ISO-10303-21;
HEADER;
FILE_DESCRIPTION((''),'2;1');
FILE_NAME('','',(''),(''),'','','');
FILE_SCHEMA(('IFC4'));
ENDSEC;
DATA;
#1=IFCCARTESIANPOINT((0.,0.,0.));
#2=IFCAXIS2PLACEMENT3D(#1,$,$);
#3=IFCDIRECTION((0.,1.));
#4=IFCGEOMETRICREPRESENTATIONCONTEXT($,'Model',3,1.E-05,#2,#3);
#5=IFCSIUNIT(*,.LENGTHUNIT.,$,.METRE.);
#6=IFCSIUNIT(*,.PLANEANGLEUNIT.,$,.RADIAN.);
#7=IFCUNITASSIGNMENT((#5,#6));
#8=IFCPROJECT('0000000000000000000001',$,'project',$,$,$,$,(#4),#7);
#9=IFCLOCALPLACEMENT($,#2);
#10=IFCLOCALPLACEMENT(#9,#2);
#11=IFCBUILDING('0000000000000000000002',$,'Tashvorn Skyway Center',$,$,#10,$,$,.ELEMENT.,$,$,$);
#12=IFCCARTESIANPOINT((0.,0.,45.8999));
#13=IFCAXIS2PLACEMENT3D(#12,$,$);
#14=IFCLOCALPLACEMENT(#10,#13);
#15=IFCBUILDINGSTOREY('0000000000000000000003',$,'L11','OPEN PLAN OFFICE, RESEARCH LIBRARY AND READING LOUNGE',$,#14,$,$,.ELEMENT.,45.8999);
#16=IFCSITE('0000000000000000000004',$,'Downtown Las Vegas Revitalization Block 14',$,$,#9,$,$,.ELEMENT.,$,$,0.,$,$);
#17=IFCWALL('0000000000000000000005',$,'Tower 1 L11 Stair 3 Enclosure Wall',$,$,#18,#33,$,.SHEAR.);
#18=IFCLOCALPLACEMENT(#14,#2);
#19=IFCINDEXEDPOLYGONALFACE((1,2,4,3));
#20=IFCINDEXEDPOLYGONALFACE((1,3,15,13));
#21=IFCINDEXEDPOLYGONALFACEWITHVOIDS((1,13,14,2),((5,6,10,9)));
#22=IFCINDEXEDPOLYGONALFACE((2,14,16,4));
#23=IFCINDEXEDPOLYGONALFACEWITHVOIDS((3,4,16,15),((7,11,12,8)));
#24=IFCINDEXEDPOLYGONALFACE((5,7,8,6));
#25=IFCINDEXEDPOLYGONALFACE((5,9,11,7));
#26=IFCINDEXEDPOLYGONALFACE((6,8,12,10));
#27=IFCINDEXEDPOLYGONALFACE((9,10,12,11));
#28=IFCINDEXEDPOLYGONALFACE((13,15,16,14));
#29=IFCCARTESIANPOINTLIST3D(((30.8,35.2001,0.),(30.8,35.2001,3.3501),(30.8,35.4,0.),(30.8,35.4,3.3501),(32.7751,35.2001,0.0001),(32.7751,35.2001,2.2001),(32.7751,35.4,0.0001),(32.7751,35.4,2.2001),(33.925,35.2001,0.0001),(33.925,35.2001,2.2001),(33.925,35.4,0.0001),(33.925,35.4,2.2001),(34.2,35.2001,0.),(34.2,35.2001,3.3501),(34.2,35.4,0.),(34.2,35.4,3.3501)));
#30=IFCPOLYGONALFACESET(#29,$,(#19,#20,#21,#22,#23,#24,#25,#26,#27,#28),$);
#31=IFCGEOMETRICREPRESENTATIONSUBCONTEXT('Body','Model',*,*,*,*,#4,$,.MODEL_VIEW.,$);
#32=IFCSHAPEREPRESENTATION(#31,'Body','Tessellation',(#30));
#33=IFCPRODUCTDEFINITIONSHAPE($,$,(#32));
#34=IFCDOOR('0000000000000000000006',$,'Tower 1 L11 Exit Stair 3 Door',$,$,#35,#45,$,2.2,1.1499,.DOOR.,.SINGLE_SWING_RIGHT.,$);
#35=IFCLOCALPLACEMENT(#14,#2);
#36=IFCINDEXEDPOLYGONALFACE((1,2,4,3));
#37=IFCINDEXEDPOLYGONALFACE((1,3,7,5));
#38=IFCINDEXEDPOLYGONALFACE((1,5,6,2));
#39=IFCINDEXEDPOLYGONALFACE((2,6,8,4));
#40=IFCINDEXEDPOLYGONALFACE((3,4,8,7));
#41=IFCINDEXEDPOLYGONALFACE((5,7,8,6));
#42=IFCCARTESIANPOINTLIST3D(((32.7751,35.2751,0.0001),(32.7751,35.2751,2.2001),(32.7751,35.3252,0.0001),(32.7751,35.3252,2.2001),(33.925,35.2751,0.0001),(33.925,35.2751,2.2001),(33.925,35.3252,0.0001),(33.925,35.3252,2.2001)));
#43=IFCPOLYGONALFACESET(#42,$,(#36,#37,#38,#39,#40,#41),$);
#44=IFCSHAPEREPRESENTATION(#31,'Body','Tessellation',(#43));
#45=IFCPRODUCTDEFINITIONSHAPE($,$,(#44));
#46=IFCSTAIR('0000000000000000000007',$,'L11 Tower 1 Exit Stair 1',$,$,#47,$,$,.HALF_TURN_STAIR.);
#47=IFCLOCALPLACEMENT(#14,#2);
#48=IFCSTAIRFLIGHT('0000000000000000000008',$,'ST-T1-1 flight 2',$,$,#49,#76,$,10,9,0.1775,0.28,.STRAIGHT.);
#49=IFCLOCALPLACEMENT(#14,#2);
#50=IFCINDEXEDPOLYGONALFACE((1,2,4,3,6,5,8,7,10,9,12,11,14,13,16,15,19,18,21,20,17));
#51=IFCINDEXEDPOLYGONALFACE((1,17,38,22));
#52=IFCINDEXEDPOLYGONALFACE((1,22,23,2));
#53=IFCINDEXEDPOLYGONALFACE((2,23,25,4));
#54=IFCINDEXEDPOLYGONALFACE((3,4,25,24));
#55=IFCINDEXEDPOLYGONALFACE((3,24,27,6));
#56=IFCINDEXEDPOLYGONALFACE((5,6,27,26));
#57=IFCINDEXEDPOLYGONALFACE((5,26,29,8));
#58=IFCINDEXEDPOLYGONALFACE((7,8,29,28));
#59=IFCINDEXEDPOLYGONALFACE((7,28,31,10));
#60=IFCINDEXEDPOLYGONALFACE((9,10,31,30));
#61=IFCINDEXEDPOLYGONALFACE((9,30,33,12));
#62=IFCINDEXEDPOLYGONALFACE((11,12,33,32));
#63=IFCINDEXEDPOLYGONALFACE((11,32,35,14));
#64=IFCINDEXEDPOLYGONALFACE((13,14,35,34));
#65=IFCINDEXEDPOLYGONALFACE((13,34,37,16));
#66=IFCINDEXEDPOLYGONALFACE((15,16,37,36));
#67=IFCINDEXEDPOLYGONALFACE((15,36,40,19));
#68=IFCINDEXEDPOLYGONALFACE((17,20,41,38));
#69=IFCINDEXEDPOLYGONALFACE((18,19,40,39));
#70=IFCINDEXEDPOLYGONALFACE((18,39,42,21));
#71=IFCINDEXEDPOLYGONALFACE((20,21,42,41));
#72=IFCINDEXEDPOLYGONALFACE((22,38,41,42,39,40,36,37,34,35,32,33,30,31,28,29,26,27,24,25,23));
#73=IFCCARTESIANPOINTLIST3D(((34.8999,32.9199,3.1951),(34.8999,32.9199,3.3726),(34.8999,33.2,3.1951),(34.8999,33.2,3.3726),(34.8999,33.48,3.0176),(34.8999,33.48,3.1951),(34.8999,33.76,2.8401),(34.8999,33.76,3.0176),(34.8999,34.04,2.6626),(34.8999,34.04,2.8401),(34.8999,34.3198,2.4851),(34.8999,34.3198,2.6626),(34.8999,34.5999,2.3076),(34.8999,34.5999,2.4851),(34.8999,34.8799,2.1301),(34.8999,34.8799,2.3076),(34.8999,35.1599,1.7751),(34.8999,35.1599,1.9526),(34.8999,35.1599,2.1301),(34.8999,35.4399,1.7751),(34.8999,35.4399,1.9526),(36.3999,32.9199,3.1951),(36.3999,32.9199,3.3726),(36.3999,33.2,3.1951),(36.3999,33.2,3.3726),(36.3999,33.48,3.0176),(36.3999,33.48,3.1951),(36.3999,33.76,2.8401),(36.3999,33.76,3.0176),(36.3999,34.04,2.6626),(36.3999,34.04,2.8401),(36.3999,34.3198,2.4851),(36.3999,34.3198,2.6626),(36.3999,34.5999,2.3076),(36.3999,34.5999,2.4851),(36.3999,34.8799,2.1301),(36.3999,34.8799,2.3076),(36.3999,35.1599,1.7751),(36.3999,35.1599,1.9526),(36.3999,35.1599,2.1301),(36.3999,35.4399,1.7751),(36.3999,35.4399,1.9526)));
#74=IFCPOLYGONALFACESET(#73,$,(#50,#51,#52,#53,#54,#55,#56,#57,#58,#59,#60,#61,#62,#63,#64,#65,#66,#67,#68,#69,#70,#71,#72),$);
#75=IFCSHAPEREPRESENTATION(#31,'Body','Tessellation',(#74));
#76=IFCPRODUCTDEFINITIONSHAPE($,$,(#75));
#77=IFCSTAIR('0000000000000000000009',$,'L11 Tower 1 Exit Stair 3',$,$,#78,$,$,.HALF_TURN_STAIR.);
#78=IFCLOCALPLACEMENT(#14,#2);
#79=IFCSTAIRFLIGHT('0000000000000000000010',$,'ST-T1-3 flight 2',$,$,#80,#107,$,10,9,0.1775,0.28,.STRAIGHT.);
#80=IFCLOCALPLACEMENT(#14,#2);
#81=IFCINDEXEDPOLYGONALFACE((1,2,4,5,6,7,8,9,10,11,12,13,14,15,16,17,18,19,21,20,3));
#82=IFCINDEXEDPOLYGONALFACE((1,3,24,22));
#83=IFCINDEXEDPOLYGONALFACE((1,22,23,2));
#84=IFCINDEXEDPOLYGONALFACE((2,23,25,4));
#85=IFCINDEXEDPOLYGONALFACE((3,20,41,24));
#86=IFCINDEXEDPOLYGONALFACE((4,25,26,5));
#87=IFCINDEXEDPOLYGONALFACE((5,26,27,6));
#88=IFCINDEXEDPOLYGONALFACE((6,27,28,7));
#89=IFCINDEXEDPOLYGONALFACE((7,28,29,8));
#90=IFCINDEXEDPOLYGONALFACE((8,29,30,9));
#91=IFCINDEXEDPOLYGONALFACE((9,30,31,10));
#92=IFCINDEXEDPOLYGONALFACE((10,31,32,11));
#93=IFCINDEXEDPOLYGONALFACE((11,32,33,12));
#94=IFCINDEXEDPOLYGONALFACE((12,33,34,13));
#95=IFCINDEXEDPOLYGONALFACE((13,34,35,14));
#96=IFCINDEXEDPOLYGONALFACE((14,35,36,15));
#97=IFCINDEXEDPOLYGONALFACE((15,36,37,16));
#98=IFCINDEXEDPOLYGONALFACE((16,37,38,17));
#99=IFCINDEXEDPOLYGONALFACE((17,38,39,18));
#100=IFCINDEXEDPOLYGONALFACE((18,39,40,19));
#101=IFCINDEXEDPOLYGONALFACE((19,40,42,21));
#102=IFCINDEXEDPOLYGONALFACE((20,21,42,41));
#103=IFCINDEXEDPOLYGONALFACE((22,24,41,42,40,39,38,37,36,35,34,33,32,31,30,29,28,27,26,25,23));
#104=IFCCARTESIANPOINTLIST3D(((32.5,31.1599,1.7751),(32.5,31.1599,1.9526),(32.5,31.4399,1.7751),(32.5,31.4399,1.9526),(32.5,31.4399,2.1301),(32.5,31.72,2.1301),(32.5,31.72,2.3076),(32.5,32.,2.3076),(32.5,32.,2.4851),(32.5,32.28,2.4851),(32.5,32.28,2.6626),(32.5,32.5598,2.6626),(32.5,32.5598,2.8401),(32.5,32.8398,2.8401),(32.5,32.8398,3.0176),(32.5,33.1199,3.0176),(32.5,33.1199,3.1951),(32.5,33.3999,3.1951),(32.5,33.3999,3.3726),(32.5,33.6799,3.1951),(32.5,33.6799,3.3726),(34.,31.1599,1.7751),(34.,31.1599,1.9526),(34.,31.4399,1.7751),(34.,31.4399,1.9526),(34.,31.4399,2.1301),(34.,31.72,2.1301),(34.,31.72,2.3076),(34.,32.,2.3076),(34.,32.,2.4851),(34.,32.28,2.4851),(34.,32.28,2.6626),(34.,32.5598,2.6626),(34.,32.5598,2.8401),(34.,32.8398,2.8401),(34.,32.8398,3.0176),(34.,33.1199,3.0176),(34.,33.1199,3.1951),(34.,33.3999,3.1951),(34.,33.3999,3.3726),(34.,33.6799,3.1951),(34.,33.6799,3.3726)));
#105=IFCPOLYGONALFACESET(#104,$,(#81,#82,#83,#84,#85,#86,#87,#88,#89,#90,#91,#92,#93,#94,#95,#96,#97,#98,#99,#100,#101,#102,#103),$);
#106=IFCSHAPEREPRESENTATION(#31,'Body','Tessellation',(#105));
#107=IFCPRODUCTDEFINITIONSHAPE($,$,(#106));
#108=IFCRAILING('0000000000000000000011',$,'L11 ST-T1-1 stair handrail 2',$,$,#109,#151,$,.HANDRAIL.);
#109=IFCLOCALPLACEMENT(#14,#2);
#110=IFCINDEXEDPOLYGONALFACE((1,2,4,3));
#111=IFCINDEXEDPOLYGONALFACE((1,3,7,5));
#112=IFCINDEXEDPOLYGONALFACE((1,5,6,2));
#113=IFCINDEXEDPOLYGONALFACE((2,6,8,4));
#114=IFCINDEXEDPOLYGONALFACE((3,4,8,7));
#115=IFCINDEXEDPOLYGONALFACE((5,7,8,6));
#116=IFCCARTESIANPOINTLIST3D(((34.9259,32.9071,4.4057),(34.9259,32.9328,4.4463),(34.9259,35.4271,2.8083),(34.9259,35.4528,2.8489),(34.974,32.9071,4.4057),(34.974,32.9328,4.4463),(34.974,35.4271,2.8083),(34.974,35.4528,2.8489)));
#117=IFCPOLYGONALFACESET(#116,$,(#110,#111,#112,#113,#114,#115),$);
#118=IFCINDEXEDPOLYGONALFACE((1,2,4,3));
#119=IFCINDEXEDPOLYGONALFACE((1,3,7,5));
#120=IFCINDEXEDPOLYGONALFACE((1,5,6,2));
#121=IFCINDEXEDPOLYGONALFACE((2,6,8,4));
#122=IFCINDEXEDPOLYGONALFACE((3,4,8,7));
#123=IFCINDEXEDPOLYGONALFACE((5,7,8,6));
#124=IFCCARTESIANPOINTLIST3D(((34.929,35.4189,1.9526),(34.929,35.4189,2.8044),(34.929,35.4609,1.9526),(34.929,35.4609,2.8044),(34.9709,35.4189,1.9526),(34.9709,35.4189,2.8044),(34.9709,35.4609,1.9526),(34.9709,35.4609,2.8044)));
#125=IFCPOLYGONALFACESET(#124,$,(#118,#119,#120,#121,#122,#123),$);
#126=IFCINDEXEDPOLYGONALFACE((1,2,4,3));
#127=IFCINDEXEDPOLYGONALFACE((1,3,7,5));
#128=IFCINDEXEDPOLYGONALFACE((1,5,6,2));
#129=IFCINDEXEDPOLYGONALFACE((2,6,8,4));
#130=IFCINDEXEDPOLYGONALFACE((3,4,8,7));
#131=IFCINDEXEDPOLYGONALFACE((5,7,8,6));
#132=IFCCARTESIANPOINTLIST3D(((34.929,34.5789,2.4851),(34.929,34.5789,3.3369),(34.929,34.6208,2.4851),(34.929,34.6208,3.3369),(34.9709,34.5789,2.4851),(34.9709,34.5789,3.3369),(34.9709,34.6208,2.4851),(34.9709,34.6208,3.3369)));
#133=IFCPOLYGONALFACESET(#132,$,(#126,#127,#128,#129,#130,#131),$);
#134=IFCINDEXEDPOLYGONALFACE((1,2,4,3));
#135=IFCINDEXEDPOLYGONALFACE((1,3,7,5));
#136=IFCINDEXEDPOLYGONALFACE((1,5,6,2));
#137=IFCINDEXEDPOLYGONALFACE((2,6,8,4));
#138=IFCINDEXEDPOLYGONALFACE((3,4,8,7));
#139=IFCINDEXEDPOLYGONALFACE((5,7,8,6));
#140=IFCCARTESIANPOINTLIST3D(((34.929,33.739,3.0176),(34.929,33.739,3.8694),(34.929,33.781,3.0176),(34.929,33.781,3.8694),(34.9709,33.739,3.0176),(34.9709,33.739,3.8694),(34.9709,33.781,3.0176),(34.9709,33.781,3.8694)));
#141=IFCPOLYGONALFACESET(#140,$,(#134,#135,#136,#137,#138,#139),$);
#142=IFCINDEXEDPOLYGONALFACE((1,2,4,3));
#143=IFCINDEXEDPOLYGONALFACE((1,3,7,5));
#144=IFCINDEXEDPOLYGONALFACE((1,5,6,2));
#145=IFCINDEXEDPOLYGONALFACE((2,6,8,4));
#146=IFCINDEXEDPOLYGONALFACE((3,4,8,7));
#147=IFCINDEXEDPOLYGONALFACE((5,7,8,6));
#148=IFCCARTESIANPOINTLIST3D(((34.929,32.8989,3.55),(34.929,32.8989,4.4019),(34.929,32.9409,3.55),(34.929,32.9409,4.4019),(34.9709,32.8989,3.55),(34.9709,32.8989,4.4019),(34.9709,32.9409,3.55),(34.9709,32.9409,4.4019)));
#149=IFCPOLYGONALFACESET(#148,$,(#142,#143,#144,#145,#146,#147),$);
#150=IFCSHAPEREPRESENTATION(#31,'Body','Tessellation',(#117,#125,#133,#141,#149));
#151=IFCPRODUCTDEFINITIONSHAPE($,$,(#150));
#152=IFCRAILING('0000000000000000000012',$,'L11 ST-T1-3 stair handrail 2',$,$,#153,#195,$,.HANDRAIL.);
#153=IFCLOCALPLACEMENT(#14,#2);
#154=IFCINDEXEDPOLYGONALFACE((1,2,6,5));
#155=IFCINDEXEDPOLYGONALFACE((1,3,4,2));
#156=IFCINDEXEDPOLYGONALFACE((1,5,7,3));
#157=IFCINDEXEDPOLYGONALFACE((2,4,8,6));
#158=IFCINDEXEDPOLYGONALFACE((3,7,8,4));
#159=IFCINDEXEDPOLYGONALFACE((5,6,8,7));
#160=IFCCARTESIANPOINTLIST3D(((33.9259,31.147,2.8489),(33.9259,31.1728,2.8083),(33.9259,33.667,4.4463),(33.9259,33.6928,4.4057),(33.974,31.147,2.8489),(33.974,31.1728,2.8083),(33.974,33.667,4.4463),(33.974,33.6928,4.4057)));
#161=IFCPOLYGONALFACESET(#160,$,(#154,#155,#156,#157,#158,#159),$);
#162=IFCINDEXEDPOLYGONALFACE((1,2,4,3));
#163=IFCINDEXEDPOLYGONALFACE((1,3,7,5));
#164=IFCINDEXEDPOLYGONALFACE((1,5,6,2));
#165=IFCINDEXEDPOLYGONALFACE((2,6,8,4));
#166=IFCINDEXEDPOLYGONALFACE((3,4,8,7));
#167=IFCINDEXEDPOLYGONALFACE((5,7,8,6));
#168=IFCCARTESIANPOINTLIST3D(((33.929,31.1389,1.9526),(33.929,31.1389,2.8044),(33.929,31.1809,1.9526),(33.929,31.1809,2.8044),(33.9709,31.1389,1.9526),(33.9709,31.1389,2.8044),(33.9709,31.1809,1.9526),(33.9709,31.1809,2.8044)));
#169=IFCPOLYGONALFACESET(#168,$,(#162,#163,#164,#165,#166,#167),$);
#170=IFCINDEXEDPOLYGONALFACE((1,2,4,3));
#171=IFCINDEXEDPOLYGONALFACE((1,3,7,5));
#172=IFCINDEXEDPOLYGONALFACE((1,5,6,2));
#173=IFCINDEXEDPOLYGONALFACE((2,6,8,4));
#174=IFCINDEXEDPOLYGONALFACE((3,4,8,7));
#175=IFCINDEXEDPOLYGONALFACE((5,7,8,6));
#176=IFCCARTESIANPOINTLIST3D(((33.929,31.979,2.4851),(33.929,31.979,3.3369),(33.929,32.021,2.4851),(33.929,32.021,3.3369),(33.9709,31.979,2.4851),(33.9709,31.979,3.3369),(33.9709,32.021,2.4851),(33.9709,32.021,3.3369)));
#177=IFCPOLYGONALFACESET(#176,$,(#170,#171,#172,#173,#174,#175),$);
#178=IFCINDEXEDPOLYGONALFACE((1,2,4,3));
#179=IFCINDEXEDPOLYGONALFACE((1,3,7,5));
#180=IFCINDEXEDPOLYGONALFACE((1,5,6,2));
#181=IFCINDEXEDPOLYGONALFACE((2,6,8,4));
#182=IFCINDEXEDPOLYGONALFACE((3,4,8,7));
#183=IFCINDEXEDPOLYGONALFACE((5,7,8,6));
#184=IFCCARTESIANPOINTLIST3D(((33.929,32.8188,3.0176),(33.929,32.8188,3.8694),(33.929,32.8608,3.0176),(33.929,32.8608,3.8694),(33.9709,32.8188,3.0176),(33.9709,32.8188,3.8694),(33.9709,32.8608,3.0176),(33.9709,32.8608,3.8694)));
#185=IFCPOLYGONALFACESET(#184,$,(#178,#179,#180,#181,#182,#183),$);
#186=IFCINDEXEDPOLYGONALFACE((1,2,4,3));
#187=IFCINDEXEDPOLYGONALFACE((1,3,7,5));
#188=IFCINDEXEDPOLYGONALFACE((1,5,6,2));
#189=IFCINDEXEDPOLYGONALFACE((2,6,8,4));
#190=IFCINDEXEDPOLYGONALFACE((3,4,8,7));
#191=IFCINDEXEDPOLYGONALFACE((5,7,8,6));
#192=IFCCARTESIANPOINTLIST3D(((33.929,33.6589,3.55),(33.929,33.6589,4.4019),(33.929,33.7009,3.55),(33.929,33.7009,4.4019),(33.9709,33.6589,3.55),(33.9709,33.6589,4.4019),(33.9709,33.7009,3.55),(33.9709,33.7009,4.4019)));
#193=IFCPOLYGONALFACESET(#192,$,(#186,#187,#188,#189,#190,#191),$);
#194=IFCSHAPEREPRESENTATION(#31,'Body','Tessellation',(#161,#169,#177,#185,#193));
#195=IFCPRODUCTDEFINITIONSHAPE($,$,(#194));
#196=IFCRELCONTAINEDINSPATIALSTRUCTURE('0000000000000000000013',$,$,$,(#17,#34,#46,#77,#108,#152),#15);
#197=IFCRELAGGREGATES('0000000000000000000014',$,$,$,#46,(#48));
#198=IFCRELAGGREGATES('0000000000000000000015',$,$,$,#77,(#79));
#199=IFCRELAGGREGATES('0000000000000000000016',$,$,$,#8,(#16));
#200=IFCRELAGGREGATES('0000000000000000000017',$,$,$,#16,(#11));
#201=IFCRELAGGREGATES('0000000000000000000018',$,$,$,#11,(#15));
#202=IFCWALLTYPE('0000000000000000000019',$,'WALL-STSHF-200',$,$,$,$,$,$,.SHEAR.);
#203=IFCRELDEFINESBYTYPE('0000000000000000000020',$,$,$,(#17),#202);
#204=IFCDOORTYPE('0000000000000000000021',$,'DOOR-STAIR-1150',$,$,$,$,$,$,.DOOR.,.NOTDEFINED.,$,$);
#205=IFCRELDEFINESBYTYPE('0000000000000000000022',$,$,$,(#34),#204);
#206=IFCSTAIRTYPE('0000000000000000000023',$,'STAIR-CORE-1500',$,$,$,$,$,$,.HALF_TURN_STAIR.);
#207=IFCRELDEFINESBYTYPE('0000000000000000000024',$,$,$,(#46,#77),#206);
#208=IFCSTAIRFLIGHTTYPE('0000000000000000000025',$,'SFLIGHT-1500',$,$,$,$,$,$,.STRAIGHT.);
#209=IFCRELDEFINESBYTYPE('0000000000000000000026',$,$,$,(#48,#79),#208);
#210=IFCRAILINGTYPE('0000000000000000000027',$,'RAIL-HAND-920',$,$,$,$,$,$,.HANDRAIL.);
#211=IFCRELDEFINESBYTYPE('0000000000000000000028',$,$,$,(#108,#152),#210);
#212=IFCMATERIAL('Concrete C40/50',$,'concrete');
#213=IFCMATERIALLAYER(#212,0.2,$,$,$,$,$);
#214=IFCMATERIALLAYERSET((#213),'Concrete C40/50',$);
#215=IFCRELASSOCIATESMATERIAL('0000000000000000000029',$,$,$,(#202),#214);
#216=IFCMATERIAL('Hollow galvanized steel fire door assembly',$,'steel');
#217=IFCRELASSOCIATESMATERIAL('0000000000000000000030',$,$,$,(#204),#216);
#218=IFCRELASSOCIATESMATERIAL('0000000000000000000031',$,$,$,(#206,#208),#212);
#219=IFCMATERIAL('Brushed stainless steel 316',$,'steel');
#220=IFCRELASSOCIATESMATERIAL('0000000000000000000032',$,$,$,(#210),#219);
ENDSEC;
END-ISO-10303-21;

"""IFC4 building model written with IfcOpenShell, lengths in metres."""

from ifc_helpers import new_model, si_unit, direction, frame, frame_2d, origin, origin_2d, place, context, subcontext, project, spatial, polyline, rectangle, outline, extrude, material, layer, layer_set, type_object, element, fill, aggregate, save


model = new_model("IFC4")

# Units and contexts
model_context = context("Model", 3, precision=1e-05, world=origin(), true_north=direction((0.0, 1.0)))
body_context = subcontext(model_context, "Body", "Model", "MODEL_VIEW")
ifc_project = project(units=[si_unit("LENGTHUNIT", "METRE"), si_unit("PLANEANGLEUNIT", "RADIAN")], contexts=[model_context])

# Site, building, storey
site_placement = place(None, origin())
site = spatial("IfcSite", under=ifc_project, at=site_placement, Name="Downtown Las Vegas Revitalization Block 14", CompositionType="ELEMENT", RefElevation=0.0)
building_placement = place(site_placement, origin())
building = spatial("IfcBuilding", under=site, at=building_placement, Name="Tashvorn Skyway Center", CompositionType="ELEMENT")
storey_placement = place(building_placement, frame((0.0, 0.0, 45.8999)))
storey = spatial("IfcBuildingStorey", under=building, at=storey_placement, Name="L11", Description="OPEN PLAN OFFICE, RESEARCH LIBRARY AND READING LOUNGE", CompositionType="ELEMENT", Elevation=45.8999)

# Shared definitions
ifc_material_1 = material(Name="Hollow galvanized steel fire door assembly", Category="steel")

# Shared definitions
ifc_material_2 = material(Name="Concrete C40/50", Category="concrete")
ifc_layer_1 = layer(ifc_material_2, 0.2)
ifc_layer_set_1 = layer_set([ifc_layer_1], Name="Concrete C40/50")
wall_type_1 = type_object("IfcWallType", Name="WALL-STSHF-200", PredefinedType="SHEAR", material=ifc_layer_set_1)

# Wall, opening, door
wall_1_placement = place(storey_placement, frame((34.2, 35.3, 0.0), z_axis=(0.0, 0.0, 1.0), x_axis=(-1.0, 0.0, 0.0)))
wall_1 = element("IfcWall", 1, at=wall_1_placement, inside=storey, type_object=wall_type_1, Name="Tower 1 L11 Stair 3 Enclosure Wall", PredefinedType="SHEAR", context=body_context, shape_type="SweptSolid", body=[
    extrude(rectangle(XDim=3.3999, YDim=0.2, at=frame_2d((1.7, 0.0))), origin(), (0.0, 0.0, 1.0), 3.3501),
])
opening_1_placement = place(wall_1_placement, frame((0.2749, 0.0, 0.0)))
opening_1 = element("IfcOpeningElement", 2, at=opening_1_placement, cuts=wall_1, PredefinedType="OPENING", context=body_context, shape_type="SweptSolid", body=[
    extrude(rectangle(XDim=1.1499, YDim=2.2, at=frame_2d((0.575, 1.1001))), frame((0.0, 0.1099, 0.0), z_axis=(0.0, -1.0, 0.0), x_axis=(1.0, 0.0, 0.0)), (0.0, 0.0, 1.0), 0.22),
])
door_type_1 = type_object("IfcDoorType", Name="DOOR-STAIR-1150", OperationType="NOTDEFINED", PredefinedType="DOOR", material=ifc_material_1)
door_1_placement = place(opening_1_placement, origin())
door_1 = element("IfcDoor", 3, at=door_1_placement, inside=storey, type_object=door_type_1, Name="Tower 1 L11 Exit Stair 3 Door", OperationType="SINGLE_SWING_RIGHT", OverallHeight=2.2, OverallWidth=1.1499, PredefinedType="DOOR", context=body_context, shape_type="SweptSolid", body=[
    extrude(rectangle(XDim=1.1499, YDim=2.2, at=frame_2d((0.575, 1.1001))), frame((0.0, 0.0249, 0.0), z_axis=(0.0, -1.0, 0.0), x_axis=(1.0, 0.0, 0.0)), (0.0, 0.0, 1.0), 0.05),
])
fill(opening_1, door_1)

# Stairs, stair flights
stair_type = type_object("IfcStairType", Name="STAIR-CORE-1500", PredefinedType="HALF_TURN_STAIR", material=ifc_material_2)
stair_1_placement = place(storey_placement, origin())
stair_1 = element("IfcStair", 4, at=stair_1_placement, inside=storey, type_object=stair_type, Name="L11 Tower 1 Exit Stair 1", PredefinedType="HALF_TURN_STAIR")
stair_flight_type = type_object("IfcStairFlightType", Name="SFLIGHT-1500", PredefinedType="STRAIGHT", material=ifc_material_2)
stair_flight_1_placement = place(storey_placement, frame((35.6499, 35.4399, 1.7751), z_axis=(0.0, 0.0, 1.0), x_axis=(0.0, -1.0, 0.0)))
stair_flight_1 = element("IfcStairFlight", 5, at=stair_flight_1_placement, type_object=stair_flight_type, Name="ST-T1-1 flight 2", NumberOfRisers=10, NumberOfTreads=9, PredefinedType="STRAIGHT", RiserHeight=0.1775, TreadLength=0.28, context=body_context, shape_type="SweptSolid", body=[
    extrude(outline(polyline([(0.0, 0.0), (0.0, 0.1775), (0.28, 0.1775), (0.28, 0.355), (0.5601, 0.355), (0.5601, 0.5325), (0.8401, 0.5325), (0.8401, 0.71), (1.1201, 0.71), (1.1201, 0.8875), (1.3999, 0.8875), (1.3999, 1.0649), (1.6799, 1.0649), (1.6799, 1.2424), (1.96, 1.2424), (1.96, 1.4199), (2.24, 1.4199), (2.24, 1.5974), (2.52, 1.5974), (2.52, 1.7749), (2.52, 1.4199), (0.28, 0.0), (0.0, 0.0)])), frame((0.0, 0.75, 0.0), z_axis=(0.0, -1.0, 0.0), x_axis=(1.0, 0.0, 0.0)), (0.0, 0.0, 1.0), 1.5),
])
aggregate(stair_1, [stair_flight_1])
stair_2_placement = place(storey_placement, origin())
stair_2 = element("IfcStair", 6, at=stair_2_placement, inside=storey, type_object=stair_type, Name="L11 Tower 1 Exit Stair 3", PredefinedType="HALF_TURN_STAIR")
stair_flight_2_placement = place(storey_placement, frame((33.25, 31.1599, 1.7751), z_axis=(0.0, 0.0, 1.0), x_axis=(0.0, 1.0, 0.0)))
stair_flight_2 = element("IfcStairFlight", 7, at=stair_flight_2_placement, type_object=stair_flight_type, Name="ST-T1-3 flight 2", NumberOfRisers=10, NumberOfTreads=9, PredefinedType="STRAIGHT", RiserHeight=0.1775, TreadLength=0.28, context=body_context, shape_type="SweptSolid", body=[
    extrude(outline(polyline([(0.0, 0.0), (0.0, 0.1775), (0.28, 0.1775), (0.28, 0.355), (0.5601, 0.355), (0.5601, 0.5325), (0.8401, 0.5325), (0.8401, 0.71), (1.1201, 0.71), (1.1201, 0.8875), (1.3999, 0.8875), (1.3999, 1.0649), (1.6799, 1.0649), (1.6799, 1.2424), (1.96, 1.2424), (1.96, 1.4199), (2.24, 1.4199), (2.24, 1.5974), (2.52, 1.5974), (2.52, 1.7749), (2.52, 1.4199), (0.28, 0.0), (0.0, 0.0)])), frame((0.0, 0.75, 0.0), z_axis=(0.0, -1.0, 0.0), x_axis=(1.0, 0.0, 0.0)), (0.0, 0.0, 1.0), 1.5),
])
aggregate(stair_2, [stair_flight_2])

# Railings
ifc_material_3 = material(Name="Brushed stainless steel 316", Category="steel")
railing_type_1 = type_object("IfcRailingType", Name="RAIL-HAND-920", PredefinedType="HANDRAIL", material=ifc_material_3)
railing_1_placement = place(storey_placement, frame((34.95, 35.4399, 1.9526)))
element("IfcRailing", 8, at=railing_1_placement, inside=storey, type_object=railing_type_1, Name="L11 ST-T1-1 stair handrail 2", PredefinedType="HANDRAIL", context=body_context, shape_type="SweptSolid", body=[
    extrude(rectangle(XDim=0.0481, YDim=0.0481, at=origin_2d()), frame((0.0, 0.0, 0.876), z_axis=(0.0, -0.844607, 0.535387), x_axis=(1.0, 0.0, 0.0)), (0.0, 0.0, 1.0), 2.9836),
    extrude(rectangle(XDim=0.042, YDim=0.042, at=origin_2d()), origin(), (0.0, 0.0, 1.0), 0.8518),
    extrude(rectangle(XDim=0.042, YDim=0.042, at=origin_2d()), frame((0.0, -0.8401, 0.5325)), (0.0, 0.0, 1.0), 0.8518),
    extrude(rectangle(XDim=0.042, YDim=0.042, at=origin_2d()), frame((0.0, -1.6799, 1.0649)), (0.0, 0.0, 1.0), 0.8518),
    extrude(rectangle(XDim=0.042, YDim=0.042, at=origin_2d()), frame((0.0, -2.52, 1.5974)), (0.0, 0.0, 1.0), 0.8518),
])
railing_2_placement = place(storey_placement, frame((33.95, 31.1599, 1.9526)))
element("IfcRailing", 9, at=railing_2_placement, inside=storey, type_object=railing_type_1, Name="L11 ST-T1-3 stair handrail 2", PredefinedType="HANDRAIL", context=body_context, shape_type="SweptSolid", body=[
    extrude(rectangle(XDim=0.0481, YDim=0.0481, at=origin_2d()), frame((0.0, 0.0, 0.876), z_axis=(0.0, 0.844607, 0.535387), x_axis=(-1.0, 0.0, 0.0)), (0.0, 0.0, 1.0), 2.9836),
    extrude(rectangle(XDim=0.042, YDim=0.042, at=origin_2d()), origin(), (0.0, 0.0, 1.0), 0.8518),
    extrude(rectangle(XDim=0.042, YDim=0.042, at=origin_2d()), frame((0.0, 0.8401, 0.5325)), (0.0, 0.0, 1.0), 0.8518),
    extrude(rectangle(XDim=0.042, YDim=0.042, at=origin_2d()), frame((0.0, 1.6799, 1.0649)), (0.0, 0.0, 1.0), 0.8518),
    extrude(rectangle(XDim=0.042, YDim=0.042, at=origin_2d()), frame((0.0, 2.52, 1.5974)), (0.0, 0.0, 1.0), 0.8518),
])

save(model, "model.ifc")
